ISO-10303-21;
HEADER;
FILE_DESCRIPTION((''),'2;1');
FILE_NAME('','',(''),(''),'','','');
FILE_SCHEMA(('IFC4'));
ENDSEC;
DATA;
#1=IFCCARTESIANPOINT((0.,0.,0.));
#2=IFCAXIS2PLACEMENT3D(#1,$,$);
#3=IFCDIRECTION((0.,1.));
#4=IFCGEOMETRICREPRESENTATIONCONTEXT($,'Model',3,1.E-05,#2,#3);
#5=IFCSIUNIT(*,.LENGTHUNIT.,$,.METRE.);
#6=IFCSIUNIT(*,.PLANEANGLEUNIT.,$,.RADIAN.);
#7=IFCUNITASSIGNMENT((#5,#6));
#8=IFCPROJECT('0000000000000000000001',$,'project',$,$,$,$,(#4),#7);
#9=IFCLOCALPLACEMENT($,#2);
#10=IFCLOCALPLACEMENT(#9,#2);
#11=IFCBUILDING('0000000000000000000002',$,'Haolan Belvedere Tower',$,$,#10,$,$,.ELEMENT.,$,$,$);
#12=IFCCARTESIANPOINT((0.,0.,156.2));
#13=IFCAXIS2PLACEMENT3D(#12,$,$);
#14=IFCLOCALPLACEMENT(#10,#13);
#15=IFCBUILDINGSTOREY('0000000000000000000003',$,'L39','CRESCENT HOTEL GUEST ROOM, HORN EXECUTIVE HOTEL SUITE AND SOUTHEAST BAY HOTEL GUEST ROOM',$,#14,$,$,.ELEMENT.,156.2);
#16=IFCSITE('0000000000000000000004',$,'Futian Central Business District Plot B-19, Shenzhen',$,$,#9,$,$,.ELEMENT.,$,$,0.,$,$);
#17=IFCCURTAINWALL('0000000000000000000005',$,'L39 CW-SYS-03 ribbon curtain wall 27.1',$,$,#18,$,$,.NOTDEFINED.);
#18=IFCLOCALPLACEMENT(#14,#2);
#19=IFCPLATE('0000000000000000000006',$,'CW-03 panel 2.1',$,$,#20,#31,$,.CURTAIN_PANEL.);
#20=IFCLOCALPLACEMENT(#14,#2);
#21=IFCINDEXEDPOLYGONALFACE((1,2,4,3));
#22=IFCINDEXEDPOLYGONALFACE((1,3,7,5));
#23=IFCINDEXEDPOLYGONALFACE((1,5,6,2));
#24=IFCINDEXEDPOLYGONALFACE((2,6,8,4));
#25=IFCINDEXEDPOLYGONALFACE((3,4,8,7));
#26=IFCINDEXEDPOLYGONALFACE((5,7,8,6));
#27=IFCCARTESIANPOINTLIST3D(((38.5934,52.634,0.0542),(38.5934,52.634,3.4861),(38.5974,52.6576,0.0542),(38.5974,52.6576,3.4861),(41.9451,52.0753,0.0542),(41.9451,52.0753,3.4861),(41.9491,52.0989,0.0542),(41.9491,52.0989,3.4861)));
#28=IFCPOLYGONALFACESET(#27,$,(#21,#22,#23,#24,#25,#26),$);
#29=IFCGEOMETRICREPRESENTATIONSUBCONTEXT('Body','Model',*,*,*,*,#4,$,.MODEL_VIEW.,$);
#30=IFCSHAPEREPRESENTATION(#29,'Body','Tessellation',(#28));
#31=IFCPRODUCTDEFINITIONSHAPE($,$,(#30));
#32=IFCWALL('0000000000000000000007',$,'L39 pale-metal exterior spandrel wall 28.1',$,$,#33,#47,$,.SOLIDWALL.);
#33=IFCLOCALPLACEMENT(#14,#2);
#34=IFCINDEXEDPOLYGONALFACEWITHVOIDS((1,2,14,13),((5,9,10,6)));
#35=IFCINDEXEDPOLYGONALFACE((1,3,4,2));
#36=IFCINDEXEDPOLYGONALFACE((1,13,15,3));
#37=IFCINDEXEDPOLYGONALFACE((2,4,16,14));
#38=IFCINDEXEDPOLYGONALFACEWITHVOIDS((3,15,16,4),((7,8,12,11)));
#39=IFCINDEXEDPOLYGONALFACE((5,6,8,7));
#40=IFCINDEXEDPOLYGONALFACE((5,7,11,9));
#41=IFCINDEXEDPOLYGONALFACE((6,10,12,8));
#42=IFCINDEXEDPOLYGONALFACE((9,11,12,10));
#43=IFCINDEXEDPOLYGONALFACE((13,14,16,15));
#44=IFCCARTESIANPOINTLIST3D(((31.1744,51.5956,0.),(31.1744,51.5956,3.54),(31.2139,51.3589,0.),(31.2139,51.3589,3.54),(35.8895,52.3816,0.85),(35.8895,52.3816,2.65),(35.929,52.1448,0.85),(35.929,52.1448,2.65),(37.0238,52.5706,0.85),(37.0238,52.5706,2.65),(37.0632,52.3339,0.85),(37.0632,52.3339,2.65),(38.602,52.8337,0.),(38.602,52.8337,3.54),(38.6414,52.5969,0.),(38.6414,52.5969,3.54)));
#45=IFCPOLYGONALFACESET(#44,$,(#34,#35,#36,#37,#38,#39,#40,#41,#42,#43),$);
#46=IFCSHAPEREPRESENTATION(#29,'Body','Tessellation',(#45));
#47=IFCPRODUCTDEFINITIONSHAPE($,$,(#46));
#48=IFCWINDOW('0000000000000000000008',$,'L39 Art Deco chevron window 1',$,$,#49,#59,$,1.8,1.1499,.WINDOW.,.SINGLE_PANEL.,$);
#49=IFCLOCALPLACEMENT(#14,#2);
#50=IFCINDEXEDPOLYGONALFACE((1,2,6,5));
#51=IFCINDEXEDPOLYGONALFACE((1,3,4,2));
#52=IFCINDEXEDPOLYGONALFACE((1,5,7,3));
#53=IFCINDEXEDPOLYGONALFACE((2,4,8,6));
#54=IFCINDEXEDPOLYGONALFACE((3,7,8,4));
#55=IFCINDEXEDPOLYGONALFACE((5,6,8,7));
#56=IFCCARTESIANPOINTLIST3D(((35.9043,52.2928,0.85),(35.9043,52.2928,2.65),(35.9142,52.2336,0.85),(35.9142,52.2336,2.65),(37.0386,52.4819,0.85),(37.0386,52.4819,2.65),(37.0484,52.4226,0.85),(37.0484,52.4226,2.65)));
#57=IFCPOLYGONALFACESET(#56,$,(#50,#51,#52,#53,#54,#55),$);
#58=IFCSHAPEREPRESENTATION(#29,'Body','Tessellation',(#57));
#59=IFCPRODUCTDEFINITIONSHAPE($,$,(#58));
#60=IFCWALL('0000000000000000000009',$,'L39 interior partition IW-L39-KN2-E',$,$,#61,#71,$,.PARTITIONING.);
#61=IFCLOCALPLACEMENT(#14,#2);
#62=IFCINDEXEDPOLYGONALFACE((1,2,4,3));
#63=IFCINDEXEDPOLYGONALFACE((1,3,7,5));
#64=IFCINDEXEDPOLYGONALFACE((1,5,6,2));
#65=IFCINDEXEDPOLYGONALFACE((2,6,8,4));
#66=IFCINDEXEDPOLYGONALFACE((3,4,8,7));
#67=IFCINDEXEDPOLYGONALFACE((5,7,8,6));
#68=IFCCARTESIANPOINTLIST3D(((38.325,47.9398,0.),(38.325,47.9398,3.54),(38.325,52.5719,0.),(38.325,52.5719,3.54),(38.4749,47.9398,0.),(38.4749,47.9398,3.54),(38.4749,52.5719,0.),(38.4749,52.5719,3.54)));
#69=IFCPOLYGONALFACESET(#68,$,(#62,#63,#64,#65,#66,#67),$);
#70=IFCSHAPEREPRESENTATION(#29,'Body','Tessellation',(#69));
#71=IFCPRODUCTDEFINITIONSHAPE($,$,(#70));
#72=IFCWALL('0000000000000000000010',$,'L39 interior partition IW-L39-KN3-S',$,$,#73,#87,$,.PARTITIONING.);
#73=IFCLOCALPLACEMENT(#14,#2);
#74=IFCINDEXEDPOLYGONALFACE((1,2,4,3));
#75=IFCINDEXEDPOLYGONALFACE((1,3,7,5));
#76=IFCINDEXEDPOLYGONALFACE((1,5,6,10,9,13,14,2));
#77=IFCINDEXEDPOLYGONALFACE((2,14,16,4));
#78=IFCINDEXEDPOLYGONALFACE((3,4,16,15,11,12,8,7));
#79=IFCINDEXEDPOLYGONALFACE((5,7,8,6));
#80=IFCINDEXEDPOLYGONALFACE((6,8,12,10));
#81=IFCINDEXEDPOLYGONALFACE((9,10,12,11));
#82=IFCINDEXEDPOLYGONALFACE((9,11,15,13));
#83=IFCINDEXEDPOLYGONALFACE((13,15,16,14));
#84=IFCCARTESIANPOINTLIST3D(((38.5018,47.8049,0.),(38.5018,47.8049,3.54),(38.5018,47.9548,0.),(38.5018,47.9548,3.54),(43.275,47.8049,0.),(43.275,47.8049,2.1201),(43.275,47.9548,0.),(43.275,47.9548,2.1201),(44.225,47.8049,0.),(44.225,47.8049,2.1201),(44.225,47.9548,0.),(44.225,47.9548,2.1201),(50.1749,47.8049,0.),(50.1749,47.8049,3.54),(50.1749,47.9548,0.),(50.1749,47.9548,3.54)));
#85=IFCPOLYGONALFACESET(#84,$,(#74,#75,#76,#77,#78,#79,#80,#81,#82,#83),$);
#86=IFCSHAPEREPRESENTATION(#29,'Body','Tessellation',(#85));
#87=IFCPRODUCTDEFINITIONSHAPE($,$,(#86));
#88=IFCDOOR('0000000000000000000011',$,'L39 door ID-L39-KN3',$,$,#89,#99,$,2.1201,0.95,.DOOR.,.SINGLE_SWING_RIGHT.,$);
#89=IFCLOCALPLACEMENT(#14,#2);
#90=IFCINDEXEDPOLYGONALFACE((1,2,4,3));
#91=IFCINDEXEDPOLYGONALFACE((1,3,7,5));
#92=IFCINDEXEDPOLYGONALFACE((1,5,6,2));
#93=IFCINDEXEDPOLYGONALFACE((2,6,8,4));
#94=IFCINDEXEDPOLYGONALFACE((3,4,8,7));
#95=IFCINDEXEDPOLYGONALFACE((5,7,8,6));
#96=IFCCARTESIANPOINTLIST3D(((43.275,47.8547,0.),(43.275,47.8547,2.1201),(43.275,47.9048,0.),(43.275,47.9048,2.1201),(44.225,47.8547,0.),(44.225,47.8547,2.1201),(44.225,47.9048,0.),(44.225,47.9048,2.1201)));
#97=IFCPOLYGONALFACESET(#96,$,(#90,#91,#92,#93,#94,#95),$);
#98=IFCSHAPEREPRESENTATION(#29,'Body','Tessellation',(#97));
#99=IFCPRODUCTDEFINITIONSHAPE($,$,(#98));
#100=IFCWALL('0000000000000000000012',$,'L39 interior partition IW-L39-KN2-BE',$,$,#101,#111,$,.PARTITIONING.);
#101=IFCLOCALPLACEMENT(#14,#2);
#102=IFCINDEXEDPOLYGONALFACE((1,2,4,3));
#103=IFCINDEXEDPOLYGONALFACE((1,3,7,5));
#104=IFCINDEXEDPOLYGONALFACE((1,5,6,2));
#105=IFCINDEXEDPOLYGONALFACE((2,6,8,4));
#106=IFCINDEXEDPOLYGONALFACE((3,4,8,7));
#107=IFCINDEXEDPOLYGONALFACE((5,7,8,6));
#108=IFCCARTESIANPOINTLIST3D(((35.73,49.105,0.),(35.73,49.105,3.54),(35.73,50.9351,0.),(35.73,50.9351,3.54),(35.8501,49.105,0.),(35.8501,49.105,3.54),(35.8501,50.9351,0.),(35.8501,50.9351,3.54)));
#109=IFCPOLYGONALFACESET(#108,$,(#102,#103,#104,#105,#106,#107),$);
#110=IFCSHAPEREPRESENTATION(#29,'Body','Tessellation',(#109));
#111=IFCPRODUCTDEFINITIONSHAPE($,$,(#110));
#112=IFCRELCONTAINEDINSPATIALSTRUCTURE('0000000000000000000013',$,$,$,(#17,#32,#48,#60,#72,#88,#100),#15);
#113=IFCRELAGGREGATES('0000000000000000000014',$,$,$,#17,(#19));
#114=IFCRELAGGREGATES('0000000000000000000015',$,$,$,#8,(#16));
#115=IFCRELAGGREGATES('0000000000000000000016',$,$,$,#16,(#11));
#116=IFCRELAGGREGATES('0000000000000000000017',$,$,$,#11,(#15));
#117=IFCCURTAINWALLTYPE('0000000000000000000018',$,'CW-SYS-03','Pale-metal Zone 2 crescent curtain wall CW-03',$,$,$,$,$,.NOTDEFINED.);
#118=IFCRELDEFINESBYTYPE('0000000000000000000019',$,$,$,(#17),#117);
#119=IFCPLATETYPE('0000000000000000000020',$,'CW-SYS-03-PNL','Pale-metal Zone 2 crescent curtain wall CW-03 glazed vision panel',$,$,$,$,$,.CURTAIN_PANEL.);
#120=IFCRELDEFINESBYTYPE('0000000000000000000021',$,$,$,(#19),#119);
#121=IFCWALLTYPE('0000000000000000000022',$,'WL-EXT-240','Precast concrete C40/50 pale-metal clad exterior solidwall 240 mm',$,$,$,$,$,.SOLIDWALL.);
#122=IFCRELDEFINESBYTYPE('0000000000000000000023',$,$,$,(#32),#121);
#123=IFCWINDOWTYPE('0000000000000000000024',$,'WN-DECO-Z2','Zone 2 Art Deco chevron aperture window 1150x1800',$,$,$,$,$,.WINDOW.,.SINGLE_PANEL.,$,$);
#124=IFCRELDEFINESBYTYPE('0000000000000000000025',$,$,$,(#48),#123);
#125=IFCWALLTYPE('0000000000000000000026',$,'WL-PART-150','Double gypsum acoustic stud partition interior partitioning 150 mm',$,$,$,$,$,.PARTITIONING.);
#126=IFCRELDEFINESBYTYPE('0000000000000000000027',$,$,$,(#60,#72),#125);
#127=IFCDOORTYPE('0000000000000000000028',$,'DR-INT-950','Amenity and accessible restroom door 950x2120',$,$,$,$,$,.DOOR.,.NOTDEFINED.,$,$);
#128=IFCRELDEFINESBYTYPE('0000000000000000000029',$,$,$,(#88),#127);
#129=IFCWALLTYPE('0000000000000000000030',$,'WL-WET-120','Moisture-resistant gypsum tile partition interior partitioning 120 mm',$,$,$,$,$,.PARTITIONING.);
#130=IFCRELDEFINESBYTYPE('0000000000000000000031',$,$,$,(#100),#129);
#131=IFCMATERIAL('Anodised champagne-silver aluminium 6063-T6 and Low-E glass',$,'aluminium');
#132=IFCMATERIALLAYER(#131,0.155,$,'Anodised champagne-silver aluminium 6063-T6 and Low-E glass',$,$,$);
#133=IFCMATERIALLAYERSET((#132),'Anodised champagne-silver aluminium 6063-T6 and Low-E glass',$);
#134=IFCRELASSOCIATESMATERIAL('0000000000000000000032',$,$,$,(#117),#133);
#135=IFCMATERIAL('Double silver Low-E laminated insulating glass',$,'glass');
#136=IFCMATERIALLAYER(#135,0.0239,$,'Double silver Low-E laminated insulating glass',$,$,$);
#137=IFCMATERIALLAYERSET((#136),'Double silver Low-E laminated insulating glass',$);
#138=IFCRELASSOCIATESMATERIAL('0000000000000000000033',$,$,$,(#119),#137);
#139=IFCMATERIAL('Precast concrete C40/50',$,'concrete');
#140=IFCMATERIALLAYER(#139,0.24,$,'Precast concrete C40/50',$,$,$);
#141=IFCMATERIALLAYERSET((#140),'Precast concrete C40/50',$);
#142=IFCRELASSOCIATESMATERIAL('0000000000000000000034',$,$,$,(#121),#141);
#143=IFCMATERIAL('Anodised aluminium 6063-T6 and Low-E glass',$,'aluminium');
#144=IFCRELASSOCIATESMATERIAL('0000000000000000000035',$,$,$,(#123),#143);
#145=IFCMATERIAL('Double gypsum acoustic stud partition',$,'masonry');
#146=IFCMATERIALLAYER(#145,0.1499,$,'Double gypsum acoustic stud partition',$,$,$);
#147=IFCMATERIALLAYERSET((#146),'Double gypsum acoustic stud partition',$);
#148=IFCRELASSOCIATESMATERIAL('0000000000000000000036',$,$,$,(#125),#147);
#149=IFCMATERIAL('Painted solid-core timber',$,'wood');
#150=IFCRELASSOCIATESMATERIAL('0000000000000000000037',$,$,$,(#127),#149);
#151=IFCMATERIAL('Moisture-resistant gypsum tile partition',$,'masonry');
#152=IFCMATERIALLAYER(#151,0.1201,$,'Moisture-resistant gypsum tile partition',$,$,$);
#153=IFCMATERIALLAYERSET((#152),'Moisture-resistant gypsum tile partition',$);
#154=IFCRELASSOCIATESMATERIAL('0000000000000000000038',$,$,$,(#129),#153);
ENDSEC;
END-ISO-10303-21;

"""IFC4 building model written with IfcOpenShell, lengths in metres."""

from ifc_helpers import new_model, si_unit, direction, frame, frame_2d, origin, origin_2d, place, context, subcontext, project, spatial, rectangle, extrude, material, layer, layer_set, type_object, element, fill, aggregate, save


model = new_model("IFC4")

# Units and contexts
model_context = context("Model", 3, precision=1e-05, world=origin(), true_north=direction((0.0, 1.0)))
body_context = subcontext(model_context, "Body", "Model", "MODEL_VIEW")
ifc_project = project(units=[si_unit("LENGTHUNIT", "METRE"), si_unit("PLANEANGLEUNIT", "RADIAN")], contexts=[model_context])

# Site, building, storey
site_placement = place(None, origin())
site = spatial("IfcSite", under=ifc_project, at=site_placement, Name="Futian Central Business District Plot B-19, Shenzhen", CompositionType="ELEMENT", RefElevation=0.0)
building_placement = place(site_placement, origin())
building = spatial("IfcBuilding", under=site, at=building_placement, Name="Haolan Belvedere Tower", CompositionType="ELEMENT")
storey_placement = place(building_placement, frame((0.0, 0.0, 156.2)))
storey = spatial("IfcBuildingStorey", under=building, at=storey_placement, Name="L39", Description="CRESCENT HOTEL GUEST ROOM, HORN EXECUTIVE HOTEL SUITE AND SOUTHEAST BAY HOTEL GUEST ROOM", CompositionType="ELEMENT", Elevation=156.2)

# Shared definitions
ifc_material_1 = material(Name="Anodised champagne-silver aluminium 6063-T6 and Low-E glass", Category="aluminium")
ifc_layer_1 = layer(ifc_material_1, 0.155, Name="Anodised champagne-silver aluminium 6063-T6 and Low-E glass")
ifc_layer_set_1 = layer_set([ifc_layer_1], Name="Anodised champagne-silver aluminium 6063-T6 and Low-E glass")
curtain_wall_type = type_object("IfcCurtainWallType", Name="CW-SYS-03", Description="Pale-metal Zone 2 crescent curtain wall CW-03", PredefinedType="NOTDEFINED", material=ifc_layer_set_1)

# Curtain wall, plate
curtain_wall_1_placement = place(storey_placement, origin())
curtain_wall_1 = element("IfcCurtainWall", 1, at=curtain_wall_1_placement, inside=storey, type_object=curtain_wall_type, Name="L39 CW-SYS-03 ribbon curtain wall 27.1", PredefinedType="NOTDEFINED")
ifc_material_2 = material(Name="Double silver Low-E laminated insulating glass", Category="glass")
ifc_layer_2 = layer(ifc_material_2, 0.0239, Name="Double silver Low-E laminated insulating glass")
ifc_layer_set_2 = layer_set([ifc_layer_2], Name="Double silver Low-E laminated insulating glass")
plate_type = type_object("IfcPlateType", Name="CW-SYS-03-PNL", Description="Pale-metal Zone 2 crescent curtain wall CW-03 glazed vision panel", PredefinedType="CURTAIN_PANEL", material=ifc_layer_set_2)
plate_1_placement = place(storey_placement, frame((40.2712, 52.3665, 0.0542), z_axis=(0.0, 0.0, 1.0), x_axis=(-0.986393, 0.164404, 0.0)))
plate_1 = element("IfcPlate", 2, at=plate_1_placement, type_object=plate_type, Name="CW-03 panel 2.1", PredefinedType="CURTAIN_PANEL", context=body_context, shape_type="SweptSolid", body=[
    extrude(rectangle(XDim=3.3979, YDim=0.0239, at=origin_2d()), origin(), (0.0, 0.0, 1.0), 3.4319),
])
aggregate(curtain_wall_1, [plate_1])

# Wall, opening, window
ifc_material_3 = material(Name="Precast concrete C40/50", Category="concrete")
ifc_layer_3 = layer(ifc_material_3, 0.24, Name="Precast concrete C40/50")
ifc_layer_set_3 = layer_set([ifc_layer_3], Name="Precast concrete C40/50")
wall_type_1 = type_object("IfcWallType", Name="WL-EXT-240", Description="Precast concrete C40/50 pale-metal clad exterior solidwall 240 mm", PredefinedType="SOLIDWALL", material=ifc_layer_set_3)
wall_1_placement = place(storey_placement, frame((38.6218, 52.7153, 0.0), z_axis=(0.0, 0.0, 1.0), x_axis=(-0.986391, -0.164415, 0.0)))
wall_1 = element("IfcWall", 3, at=wall_1_placement, inside=storey, type_object=wall_type_1, Name="L39 pale-metal exterior spandrel wall 28.1", PredefinedType="SOLIDWALL", context=body_context, shape_type="SweptSolid", body=[
    extrude(rectangle(XDim=7.53, YDim=0.24, at=frame_2d((3.7651, 0.0))), origin(), (0.0, 0.0, 1.0), 3.54),
])
opening_1_placement = place(wall_1_placement, frame((1.6001, 0.0, 0.8501)))
opening_1 = element("IfcOpeningElement", 4, at=opening_1_placement, cuts=wall_1, PredefinedType="OPENING", context=body_context, shape_type="SweptSolid", body=[
    extrude(rectangle(XDim=1.1499, YDim=1.8, at=frame_2d((0.575, 0.8999))), frame((0.0, 0.1299, 0.0), z_axis=(0.0, -1.0, 0.0), x_axis=(1.0, 0.0, 0.0)), (0.0, 0.0, 1.0), 0.26),
])
ifc_material_4 = material(Name="Anodised aluminium 6063-T6 and Low-E glass", Category="aluminium")
window_type = type_object("IfcWindowType", Name="WN-DECO-Z2", Description="Zone 2 Art Deco chevron aperture window 1150x1800", PartitioningType="SINGLE_PANEL", PredefinedType="WINDOW", material=ifc_material_4)
window_placement = place(opening_1_placement, origin())
window = element("IfcWindow", 5, at=window_placement, inside=storey, type_object=window_type, Name="L39 Art Deco chevron window 1", OverallHeight=1.8, OverallWidth=1.1499, PartitioningType="SINGLE_PANEL", PredefinedType="WINDOW", context=body_context, shape_type="SweptSolid", body=[
    extrude(rectangle(XDim=1.1499, YDim=1.8, at=frame_2d((0.575, 0.8999))), frame((0.0, 0.03, 0.0), z_axis=(0.0, -1.0, 0.0), x_axis=(1.0, 0.0, 0.0)), (0.0, 0.0, 1.0), 0.0601),
])
fill(opening_1, window)

# Wall
ifc_material_5 = material(Name="Double gypsum acoustic stud partition", Category="masonry")
ifc_layer_4 = layer(ifc_material_5, 0.1499, Name="Double gypsum acoustic stud partition")
ifc_layer_set_4 = layer_set([ifc_layer_4], Name="Double gypsum acoustic stud partition")
wall_type_2 = type_object("IfcWallType", Name="WL-PART-150", Description="Double gypsum acoustic stud partition interior partitioning 150 mm", PredefinedType="PARTITIONING", material=ifc_layer_set_4)
wall_2_placement = place(storey_placement, frame((38.3999, 47.9399, 0.0), z_axis=(0.0, 0.0, 1.0), x_axis=(0.0, 1.0, 0.0)))
element("IfcWall", 6, at=wall_2_placement, inside=storey, type_object=wall_type_2, Name="L39 interior partition IW-L39-KN2-E", PredefinedType="PARTITIONING", context=body_context, shape_type="SweptSolid", body=[
    extrude(rectangle(XDim=4.6321, YDim=0.1499, at=frame_2d((2.3159, 0.0))), origin(), (0.0, 0.0, 1.0), 3.54),
])

# Wall, opening, door
wall_3_placement = place(storey_placement, frame((38.502, 47.8799, 0.0), z_axis=(0.0, 0.0, 1.0), x_axis=(1.0, 0.0, 0.0)))
wall_3 = element("IfcWall", 7, at=wall_3_placement, inside=storey, type_object=wall_type_2, Name="L39 interior partition IW-L39-KN3-S", PredefinedType="PARTITIONING", context=body_context, shape_type="SweptSolid", body=[
    extrude(rectangle(XDim=11.6731, YDim=0.1499, at=frame_2d((5.8364, 0.0))), origin(), (0.0, 0.0, 1.0), 3.54),
])
opening_2_placement = place(wall_3_placement, frame((4.7729, 0.0, 0.0)))
opening_2 = element("IfcOpeningElement", 8, at=opening_2_placement, cuts=wall_3, PredefinedType="OPENING", context=body_context, shape_type="SweptSolid", body=[
    extrude(rectangle(XDim=0.95, YDim=2.1201, at=frame_2d((0.4751, 1.0601))), frame((0.0, 0.085, 0.0), z_axis=(0.0, -1.0, 0.0), x_axis=(1.0, 0.0, 0.0)), (0.0, 0.0, 1.0), 0.1699),
])
ifc_material_6 = material(Name="Painted solid-core timber", Category="wood")
door_type_1 = type_object("IfcDoorType", Name="DR-INT-950", Description="Amenity and accessible restroom door 950x2120", OperationType="NOTDEFINED", PredefinedType="DOOR", material=ifc_material_6)
door_1_placement = place(opening_2_placement, origin())
door_1 = element("IfcDoor", 9, at=door_1_placement, inside=storey, type_object=door_type_1, Name="L39 door ID-L39-KN3", OperationType="SINGLE_SWING_RIGHT", OverallHeight=2.1201, OverallWidth=0.95, PredefinedType="DOOR", context=body_context, shape_type="SweptSolid", body=[
    extrude(rectangle(XDim=0.95, YDim=2.1201, at=frame_2d((0.4751, 1.0601))), frame((0.0, 0.0249, 0.0), z_axis=(0.0, -1.0, 0.0), x_axis=(1.0, 0.0, 0.0)), (0.0, 0.0, 1.0), 0.05),
])
fill(opening_2, door_1)

# Wall
ifc_material_7 = material(Name="Moisture-resistant gypsum tile partition", Category="masonry")
ifc_layer_5 = layer(ifc_material_7, 0.1201, Name="Moisture-resistant gypsum tile partition")
ifc_layer_set_5 = layer_set([ifc_layer_5], Name="Moisture-resistant gypsum tile partition")
wall_type_3 = type_object("IfcWallType", Name="WL-WET-120", Description="Moisture-resistant gypsum tile partition interior partitioning 120 mm", PredefinedType="PARTITIONING", material=ifc_layer_set_5)
wall_4_placement = place(storey_placement, frame((35.79, 49.105, 0.0), z_axis=(0.0, 0.0, 1.0), x_axis=(0.0, 1.0, 0.0)))
element("IfcWall", 10, at=wall_4_placement, inside=storey, type_object=wall_type_3, Name="L39 interior partition IW-L39-KN2-BE", PredefinedType="PARTITIONING", context=body_context, shape_type="SweptSolid", body=[
    extrude(rectangle(XDim=1.8301, YDim=0.1201, at=frame_2d((0.915, 0.0))), origin(), (0.0, 0.0, 1.0), 3.54),
])

save(model, "model.ifc")
